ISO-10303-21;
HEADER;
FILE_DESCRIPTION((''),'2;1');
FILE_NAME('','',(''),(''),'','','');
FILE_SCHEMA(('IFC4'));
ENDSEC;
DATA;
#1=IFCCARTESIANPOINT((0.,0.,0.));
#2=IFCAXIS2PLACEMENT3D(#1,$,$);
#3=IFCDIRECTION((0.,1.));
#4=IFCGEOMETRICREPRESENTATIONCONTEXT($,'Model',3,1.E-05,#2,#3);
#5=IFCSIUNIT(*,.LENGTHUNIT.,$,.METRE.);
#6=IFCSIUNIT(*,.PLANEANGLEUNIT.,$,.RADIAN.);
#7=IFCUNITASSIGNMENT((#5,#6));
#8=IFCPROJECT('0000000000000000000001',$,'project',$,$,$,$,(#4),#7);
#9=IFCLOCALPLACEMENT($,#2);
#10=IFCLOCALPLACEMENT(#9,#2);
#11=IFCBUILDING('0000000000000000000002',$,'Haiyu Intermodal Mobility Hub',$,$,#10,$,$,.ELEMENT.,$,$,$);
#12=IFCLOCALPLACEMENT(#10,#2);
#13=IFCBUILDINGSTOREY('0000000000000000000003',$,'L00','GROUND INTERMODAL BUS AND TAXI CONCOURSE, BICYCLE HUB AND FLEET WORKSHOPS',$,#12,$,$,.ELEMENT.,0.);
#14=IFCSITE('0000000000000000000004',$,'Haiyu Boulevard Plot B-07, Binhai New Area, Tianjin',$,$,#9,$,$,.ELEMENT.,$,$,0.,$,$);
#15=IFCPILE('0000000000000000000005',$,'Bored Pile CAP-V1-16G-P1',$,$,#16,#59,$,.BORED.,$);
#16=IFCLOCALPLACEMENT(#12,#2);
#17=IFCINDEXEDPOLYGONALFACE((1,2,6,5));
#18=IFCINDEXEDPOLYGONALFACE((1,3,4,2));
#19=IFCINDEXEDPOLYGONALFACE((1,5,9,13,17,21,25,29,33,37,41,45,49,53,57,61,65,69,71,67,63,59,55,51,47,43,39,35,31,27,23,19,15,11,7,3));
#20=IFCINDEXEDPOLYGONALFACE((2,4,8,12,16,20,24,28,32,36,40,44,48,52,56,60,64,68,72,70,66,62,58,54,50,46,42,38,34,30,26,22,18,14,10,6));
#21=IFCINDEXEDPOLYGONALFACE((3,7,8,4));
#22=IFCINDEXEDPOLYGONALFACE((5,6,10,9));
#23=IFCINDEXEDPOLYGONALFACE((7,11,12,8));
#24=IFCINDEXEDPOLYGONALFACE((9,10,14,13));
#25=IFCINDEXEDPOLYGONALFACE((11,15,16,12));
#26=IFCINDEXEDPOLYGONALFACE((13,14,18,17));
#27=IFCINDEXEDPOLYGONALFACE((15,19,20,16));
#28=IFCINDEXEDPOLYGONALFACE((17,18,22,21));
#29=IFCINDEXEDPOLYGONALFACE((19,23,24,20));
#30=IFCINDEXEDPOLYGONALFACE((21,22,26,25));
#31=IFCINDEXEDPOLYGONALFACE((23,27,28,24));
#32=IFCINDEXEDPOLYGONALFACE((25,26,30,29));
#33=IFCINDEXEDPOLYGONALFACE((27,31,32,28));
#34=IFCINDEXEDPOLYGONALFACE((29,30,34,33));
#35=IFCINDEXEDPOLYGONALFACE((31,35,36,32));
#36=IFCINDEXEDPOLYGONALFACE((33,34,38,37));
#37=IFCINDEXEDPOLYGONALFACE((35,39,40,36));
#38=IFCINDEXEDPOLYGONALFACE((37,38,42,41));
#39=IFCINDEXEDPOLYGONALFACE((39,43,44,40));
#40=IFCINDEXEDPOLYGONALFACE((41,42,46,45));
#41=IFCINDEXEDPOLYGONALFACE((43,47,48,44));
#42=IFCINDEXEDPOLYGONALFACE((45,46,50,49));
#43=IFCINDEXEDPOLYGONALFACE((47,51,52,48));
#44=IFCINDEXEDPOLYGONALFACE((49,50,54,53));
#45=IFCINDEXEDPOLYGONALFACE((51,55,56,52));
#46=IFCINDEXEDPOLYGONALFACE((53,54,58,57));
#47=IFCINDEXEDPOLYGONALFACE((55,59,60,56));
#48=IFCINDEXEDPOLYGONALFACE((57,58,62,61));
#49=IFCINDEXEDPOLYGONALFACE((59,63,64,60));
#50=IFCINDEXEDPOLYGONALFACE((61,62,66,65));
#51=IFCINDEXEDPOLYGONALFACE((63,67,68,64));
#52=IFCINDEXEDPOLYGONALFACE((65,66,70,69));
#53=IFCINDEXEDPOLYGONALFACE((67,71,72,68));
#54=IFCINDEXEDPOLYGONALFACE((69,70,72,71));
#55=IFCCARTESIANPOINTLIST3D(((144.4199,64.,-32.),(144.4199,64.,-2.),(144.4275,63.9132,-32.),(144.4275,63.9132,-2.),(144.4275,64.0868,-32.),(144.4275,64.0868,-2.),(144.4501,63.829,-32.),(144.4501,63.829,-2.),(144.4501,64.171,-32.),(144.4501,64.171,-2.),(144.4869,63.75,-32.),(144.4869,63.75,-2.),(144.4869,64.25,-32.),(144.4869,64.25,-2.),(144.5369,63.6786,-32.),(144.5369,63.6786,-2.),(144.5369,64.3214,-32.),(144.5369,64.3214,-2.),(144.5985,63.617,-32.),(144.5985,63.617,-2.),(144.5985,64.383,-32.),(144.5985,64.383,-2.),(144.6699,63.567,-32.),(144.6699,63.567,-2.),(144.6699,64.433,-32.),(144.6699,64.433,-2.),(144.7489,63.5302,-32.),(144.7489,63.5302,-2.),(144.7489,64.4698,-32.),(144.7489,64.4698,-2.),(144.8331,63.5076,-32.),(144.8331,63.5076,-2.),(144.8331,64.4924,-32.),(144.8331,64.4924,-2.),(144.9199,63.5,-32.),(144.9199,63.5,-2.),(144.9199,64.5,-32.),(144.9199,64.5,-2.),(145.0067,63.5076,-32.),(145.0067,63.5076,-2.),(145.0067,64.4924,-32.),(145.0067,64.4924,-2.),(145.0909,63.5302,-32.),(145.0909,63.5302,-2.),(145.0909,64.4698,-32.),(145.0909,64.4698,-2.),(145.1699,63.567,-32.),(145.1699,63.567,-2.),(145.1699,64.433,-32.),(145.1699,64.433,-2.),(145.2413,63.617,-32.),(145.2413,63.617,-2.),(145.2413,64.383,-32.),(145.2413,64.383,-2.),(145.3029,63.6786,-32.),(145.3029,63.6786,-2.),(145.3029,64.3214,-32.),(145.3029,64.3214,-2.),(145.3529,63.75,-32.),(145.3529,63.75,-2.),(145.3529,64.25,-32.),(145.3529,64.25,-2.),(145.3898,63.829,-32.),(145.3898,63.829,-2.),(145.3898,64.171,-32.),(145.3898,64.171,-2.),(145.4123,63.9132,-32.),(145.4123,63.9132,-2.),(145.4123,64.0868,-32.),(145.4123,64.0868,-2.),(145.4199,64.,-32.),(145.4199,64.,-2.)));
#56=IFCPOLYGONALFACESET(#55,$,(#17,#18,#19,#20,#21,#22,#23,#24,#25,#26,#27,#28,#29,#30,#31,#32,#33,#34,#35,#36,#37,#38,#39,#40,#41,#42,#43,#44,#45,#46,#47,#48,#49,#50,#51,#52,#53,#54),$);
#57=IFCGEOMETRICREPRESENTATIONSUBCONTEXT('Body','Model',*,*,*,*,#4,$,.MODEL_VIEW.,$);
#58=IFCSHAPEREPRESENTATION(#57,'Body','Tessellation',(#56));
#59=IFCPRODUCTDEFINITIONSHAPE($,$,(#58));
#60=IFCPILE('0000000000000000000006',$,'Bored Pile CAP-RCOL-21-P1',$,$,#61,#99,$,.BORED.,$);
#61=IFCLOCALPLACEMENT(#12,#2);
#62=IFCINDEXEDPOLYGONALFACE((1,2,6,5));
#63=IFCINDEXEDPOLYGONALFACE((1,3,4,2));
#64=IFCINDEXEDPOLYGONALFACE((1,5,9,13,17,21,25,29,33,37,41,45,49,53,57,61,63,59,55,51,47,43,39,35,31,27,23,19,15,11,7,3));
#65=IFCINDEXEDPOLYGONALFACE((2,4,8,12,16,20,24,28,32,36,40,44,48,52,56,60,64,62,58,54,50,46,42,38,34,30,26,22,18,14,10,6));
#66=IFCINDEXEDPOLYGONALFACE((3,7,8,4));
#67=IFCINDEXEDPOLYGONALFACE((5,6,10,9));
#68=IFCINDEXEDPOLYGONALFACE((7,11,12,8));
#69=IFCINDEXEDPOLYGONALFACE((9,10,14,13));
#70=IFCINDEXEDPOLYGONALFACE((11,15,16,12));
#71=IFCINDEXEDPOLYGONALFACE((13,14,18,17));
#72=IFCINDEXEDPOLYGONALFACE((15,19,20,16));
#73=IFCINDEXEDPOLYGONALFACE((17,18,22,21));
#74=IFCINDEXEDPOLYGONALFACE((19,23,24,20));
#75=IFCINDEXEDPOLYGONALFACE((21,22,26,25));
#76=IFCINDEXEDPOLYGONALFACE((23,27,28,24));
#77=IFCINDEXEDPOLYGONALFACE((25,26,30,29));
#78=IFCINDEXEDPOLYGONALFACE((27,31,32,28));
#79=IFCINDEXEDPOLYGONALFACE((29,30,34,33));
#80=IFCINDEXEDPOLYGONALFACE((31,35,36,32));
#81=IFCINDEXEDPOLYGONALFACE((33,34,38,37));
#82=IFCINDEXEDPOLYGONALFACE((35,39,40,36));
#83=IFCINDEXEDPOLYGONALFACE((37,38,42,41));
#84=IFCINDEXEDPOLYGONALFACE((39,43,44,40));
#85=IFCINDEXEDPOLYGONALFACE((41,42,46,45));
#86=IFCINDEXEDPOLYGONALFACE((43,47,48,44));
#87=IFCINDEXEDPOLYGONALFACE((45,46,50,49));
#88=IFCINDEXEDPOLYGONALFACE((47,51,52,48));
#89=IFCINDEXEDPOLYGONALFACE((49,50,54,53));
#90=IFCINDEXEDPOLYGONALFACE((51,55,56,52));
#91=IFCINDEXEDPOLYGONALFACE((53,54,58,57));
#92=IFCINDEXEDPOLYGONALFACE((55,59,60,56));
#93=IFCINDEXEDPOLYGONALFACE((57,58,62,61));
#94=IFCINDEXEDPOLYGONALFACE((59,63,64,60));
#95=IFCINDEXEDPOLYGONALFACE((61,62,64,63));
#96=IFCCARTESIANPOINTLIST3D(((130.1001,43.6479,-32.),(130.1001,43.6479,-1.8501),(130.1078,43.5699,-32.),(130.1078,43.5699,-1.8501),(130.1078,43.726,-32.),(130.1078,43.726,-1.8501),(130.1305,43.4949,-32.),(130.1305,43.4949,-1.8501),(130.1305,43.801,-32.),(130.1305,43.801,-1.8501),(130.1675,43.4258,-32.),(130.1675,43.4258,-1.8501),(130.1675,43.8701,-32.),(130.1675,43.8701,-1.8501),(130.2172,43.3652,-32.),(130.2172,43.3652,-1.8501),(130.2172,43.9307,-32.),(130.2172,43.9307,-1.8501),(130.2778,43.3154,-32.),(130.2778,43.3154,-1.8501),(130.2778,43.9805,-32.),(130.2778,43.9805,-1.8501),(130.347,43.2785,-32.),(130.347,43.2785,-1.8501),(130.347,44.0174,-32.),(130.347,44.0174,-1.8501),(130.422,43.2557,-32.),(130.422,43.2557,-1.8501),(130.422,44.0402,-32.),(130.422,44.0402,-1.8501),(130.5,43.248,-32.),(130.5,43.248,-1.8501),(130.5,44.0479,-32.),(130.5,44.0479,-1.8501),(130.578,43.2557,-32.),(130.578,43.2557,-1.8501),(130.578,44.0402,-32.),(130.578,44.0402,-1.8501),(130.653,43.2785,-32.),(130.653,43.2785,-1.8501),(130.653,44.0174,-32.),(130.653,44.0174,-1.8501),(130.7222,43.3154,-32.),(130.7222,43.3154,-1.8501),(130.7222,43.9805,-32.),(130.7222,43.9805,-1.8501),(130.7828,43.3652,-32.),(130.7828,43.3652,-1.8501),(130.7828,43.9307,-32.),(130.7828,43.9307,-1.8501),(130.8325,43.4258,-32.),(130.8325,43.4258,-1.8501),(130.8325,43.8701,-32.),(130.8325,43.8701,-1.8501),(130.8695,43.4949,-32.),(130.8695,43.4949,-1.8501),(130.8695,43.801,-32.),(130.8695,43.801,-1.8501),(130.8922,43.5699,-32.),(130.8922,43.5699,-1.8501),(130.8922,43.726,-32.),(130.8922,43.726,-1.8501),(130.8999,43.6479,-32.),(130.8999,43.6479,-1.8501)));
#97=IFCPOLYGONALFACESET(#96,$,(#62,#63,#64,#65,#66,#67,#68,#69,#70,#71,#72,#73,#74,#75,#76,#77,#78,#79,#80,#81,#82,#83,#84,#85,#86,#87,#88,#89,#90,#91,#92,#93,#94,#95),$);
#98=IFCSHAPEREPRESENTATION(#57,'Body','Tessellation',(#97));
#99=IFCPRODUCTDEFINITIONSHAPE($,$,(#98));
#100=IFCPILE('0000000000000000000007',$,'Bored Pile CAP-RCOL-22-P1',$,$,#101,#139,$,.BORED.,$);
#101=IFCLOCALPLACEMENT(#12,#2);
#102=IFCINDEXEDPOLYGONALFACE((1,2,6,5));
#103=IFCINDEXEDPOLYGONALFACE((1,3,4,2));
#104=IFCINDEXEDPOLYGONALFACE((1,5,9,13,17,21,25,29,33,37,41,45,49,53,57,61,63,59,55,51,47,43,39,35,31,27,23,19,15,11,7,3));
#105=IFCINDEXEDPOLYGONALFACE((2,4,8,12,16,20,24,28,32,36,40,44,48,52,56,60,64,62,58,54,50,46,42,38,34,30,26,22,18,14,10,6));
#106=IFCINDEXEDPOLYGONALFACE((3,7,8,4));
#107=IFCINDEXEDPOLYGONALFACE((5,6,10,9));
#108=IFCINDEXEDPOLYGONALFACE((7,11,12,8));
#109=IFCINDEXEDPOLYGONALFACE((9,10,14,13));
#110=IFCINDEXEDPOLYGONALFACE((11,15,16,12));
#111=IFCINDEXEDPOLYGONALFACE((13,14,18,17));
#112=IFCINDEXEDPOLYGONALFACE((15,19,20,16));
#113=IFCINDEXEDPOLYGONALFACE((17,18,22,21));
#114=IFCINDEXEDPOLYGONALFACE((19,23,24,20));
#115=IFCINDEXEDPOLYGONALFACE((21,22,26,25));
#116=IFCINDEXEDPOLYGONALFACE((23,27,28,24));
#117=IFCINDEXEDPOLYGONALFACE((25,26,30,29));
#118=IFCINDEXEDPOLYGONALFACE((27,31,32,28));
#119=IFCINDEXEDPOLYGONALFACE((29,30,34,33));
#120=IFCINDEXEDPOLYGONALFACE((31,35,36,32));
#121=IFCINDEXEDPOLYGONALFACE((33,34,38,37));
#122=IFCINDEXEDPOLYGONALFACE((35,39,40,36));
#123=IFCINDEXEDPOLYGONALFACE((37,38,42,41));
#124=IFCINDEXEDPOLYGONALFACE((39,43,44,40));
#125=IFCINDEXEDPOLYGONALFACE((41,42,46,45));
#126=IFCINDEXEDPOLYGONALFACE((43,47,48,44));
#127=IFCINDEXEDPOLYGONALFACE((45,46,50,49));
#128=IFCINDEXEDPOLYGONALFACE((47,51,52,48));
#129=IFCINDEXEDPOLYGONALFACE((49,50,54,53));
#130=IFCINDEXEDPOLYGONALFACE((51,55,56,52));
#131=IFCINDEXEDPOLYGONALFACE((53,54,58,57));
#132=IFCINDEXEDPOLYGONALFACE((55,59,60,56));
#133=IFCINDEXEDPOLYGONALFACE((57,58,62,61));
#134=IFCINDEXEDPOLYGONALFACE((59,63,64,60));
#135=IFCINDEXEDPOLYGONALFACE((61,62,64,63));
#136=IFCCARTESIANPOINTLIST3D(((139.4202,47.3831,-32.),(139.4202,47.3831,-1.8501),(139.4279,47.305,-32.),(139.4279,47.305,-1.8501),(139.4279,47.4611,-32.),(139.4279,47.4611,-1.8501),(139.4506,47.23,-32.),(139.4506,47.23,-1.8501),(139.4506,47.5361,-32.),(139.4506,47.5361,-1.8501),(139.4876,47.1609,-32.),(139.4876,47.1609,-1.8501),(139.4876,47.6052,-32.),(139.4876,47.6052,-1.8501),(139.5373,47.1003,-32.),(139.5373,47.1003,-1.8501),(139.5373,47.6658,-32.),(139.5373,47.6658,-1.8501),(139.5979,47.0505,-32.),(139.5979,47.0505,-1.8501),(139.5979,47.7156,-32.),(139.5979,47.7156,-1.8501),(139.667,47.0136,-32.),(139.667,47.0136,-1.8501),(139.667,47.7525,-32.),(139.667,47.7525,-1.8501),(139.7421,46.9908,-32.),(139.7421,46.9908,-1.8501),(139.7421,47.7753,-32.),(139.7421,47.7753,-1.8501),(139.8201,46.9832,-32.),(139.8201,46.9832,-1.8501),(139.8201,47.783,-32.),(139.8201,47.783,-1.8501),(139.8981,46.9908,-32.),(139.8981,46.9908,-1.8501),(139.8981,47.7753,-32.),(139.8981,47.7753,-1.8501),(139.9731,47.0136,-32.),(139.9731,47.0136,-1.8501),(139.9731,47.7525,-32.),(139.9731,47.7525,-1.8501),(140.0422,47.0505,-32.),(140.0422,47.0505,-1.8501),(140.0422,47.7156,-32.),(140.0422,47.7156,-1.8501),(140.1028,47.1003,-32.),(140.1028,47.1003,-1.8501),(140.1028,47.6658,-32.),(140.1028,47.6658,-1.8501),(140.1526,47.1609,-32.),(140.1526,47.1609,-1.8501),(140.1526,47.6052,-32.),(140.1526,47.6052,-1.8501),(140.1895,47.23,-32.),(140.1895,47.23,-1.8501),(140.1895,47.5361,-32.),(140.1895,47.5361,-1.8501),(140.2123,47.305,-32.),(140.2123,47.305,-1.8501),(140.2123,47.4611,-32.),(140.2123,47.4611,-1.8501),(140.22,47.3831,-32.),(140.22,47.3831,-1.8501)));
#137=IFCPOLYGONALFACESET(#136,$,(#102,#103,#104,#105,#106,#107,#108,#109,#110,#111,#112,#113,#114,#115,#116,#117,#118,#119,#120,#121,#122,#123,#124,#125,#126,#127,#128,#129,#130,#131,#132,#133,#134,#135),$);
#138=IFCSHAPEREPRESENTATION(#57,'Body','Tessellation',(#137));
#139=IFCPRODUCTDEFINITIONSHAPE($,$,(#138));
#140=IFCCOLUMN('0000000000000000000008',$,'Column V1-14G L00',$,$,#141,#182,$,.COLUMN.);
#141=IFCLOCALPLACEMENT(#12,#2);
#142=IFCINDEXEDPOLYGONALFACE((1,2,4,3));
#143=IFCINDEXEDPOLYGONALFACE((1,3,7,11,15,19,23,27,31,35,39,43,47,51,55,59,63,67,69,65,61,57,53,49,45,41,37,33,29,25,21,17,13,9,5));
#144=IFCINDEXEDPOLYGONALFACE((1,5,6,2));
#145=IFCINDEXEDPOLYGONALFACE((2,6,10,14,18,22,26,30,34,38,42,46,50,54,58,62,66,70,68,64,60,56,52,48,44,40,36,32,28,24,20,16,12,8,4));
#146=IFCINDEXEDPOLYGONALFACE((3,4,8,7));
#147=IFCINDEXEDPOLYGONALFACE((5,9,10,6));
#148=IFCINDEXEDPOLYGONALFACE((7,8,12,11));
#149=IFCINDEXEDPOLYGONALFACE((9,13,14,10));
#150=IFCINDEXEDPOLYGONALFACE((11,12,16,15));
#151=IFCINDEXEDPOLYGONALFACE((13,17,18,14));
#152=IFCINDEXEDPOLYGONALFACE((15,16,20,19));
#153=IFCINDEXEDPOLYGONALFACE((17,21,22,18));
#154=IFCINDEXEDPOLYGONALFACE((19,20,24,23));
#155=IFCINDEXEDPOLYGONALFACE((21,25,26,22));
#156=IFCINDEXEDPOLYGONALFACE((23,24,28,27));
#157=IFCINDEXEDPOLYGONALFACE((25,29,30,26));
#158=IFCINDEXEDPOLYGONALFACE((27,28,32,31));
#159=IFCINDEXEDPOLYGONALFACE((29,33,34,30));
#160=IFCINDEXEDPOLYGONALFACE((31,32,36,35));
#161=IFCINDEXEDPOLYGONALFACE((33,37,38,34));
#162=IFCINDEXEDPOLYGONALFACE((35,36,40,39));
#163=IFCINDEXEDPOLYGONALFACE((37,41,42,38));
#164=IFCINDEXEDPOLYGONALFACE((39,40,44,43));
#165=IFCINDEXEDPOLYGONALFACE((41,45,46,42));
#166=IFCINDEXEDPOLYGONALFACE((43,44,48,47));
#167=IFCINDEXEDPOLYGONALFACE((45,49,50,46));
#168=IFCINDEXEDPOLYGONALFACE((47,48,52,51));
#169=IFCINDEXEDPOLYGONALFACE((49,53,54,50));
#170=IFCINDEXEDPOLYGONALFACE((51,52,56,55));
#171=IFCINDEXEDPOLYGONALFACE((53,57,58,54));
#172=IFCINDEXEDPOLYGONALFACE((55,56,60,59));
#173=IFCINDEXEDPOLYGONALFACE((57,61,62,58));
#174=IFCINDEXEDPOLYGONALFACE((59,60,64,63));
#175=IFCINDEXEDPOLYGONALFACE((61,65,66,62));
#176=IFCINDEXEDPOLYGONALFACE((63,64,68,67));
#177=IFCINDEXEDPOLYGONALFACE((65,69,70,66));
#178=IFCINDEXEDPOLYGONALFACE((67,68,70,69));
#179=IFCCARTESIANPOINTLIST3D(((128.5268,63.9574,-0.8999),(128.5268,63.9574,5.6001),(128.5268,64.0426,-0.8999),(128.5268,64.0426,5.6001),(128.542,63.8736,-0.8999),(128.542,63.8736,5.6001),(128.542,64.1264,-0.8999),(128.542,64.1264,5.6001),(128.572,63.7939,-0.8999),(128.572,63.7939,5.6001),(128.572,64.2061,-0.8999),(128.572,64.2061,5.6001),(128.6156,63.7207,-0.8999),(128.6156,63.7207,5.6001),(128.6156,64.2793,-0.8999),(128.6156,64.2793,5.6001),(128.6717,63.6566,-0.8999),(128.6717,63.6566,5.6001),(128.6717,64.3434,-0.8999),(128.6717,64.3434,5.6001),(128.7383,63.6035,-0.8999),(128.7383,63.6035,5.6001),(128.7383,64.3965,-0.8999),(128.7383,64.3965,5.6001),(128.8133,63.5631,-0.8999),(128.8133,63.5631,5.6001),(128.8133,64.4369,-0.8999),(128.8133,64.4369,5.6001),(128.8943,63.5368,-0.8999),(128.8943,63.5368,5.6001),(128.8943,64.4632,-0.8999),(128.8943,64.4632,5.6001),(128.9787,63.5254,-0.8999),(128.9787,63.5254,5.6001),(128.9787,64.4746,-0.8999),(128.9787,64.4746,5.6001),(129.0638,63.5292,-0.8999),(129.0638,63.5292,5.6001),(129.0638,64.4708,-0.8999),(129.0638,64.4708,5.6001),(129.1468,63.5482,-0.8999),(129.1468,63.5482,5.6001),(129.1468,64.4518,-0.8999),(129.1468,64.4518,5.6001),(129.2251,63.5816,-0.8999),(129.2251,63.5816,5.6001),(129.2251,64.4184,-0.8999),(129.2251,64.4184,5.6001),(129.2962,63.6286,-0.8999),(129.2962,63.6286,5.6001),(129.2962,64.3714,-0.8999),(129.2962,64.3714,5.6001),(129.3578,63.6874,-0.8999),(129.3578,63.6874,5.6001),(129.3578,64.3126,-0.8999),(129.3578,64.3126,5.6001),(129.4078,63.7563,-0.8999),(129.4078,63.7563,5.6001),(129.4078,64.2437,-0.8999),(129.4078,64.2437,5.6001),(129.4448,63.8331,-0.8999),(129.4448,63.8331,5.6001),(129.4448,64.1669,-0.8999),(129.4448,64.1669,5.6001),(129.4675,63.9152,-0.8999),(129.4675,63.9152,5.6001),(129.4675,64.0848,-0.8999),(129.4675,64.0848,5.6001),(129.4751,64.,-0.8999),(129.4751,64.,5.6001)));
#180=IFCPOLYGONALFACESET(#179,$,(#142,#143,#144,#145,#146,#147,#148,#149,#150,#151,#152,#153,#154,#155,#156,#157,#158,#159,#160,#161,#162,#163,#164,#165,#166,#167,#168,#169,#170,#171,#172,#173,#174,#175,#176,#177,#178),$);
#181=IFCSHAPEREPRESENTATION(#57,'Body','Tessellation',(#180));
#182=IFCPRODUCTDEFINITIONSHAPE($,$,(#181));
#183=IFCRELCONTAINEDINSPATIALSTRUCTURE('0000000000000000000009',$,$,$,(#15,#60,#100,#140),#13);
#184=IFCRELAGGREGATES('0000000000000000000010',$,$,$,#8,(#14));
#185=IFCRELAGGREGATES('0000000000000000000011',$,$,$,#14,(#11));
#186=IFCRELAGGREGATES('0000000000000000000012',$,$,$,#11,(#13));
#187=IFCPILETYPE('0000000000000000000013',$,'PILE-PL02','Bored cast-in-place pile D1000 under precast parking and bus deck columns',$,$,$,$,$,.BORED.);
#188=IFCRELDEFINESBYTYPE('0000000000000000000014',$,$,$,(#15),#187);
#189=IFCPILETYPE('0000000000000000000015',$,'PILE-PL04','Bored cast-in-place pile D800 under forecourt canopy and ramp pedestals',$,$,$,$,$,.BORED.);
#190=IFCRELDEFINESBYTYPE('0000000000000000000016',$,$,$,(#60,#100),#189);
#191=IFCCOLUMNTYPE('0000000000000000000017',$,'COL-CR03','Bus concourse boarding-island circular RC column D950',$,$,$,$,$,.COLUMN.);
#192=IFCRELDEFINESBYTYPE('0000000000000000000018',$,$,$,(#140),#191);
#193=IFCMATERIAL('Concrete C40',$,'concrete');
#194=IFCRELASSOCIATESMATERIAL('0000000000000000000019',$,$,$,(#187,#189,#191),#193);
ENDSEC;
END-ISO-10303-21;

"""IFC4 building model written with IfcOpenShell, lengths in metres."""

from ifc_helpers import new_model, si_unit, direction, frame, origin, origin_2d, place, context, subcontext, project, spatial, circle, extrude, material, material_profile, profile_set, type_object, element, save


model = new_model("IFC4")

# Units and contexts
model_context = context("Model", 3, precision=1e-05, world=origin(), true_north=direction((0.0, 1.0)))
body_context = subcontext(model_context, "Body", "Model", "MODEL_VIEW")
ifc_project = project(units=[si_unit("LENGTHUNIT", "METRE"), si_unit("PLANEANGLEUNIT", "RADIAN")], contexts=[model_context])

# Site, building, storey
site_placement = place(None, origin())
site = spatial("IfcSite", under=ifc_project, at=site_placement, Name="Haiyu Boulevard Plot B-07, Binhai New Area, Tianjin", CompositionType="ELEMENT", RefElevation=0.0)
building_placement = place(site_placement, origin())
building = spatial("IfcBuilding", under=site, at=building_placement, Name="Haiyu Intermodal Mobility Hub", CompositionType="ELEMENT")
storey_placement = place(building_placement, origin())
storey = spatial("IfcBuildingStorey", under=building, at=storey_placement, Name="L00", Description="GROUND INTERMODAL BUS AND TAXI CONCOURSE, BICYCLE HUB AND FLEET WORKSHOPS", CompositionType="ELEMENT", Elevation=0.0)

# Shared definitions
ifc_material_1 = material(Name="Concrete C40", Category="concrete")

# Piles
ifc_material_profile_1 = material_profile(ifc_material_1, circle(Radius=0.5, at=origin_2d()), Name="PILE-D1000")
ifc_profile_set_1 = profile_set([ifc_material_profile_1], Name="Concrete C40")
pile_type_1 = type_object("IfcPileType", Name="PILE-PL02", Description="Bored cast-in-place pile D1000 under precast parking and bus deck columns", PredefinedType="BORED", material=ifc_profile_set_1)
for number, where, z_axis, x_axis, name in (
    (1, (144.9199, 64.0, -2.0), (0.0, 0.0, -1.0), (1.0, 0.0, 0.0), "Bored Pile CAP-V1-16G-P1"),
):
    element("IfcPile", number, at=place(storey_placement, frame(where, z_axis=z_axis, x_axis=x_axis)), inside=storey, type_object=pile_type_1, Name=name, PredefinedType="BORED", context=body_context, shape_type="SweptSolid", body=[
        extrude(circle(Radius=0.5, at=origin_2d()), origin(), (0.0, 0.0, 1.0), 30.0),
    ])
ifc_material_profile_2 = material_profile(ifc_material_1, circle(Radius=0.3999, at=origin_2d()), Name="PILE-D800")
ifc_profile_set_2 = profile_set([ifc_material_profile_2], Name="Concrete C40")
pile_type_2 = type_object("IfcPileType", Name="PILE-PL04", Description="Bored cast-in-place pile D800 under forecourt canopy and ramp pedestals", PredefinedType="BORED", material=ifc_profile_set_2)
for number, where, z_axis, x_axis, name in (
    (2, (130.5, 43.6479, -1.8501), (0.0, 0.0, -1.0), (1.0, 0.0, 0.0), "Bored Pile CAP-RCOL-21-P1"),
    (3, (139.8201, 47.3831, -1.8501), (0.0, 0.0, -1.0), (1.0, 0.0, 0.0), "Bored Pile CAP-RCOL-22-P1"),
):
    element("IfcPile", number, at=place(storey_placement, frame(where, z_axis=z_axis, x_axis=x_axis)), inside=storey, type_object=pile_type_2, Name=name, PredefinedType="BORED", context=body_context, shape_type="SweptSolid", body=[
        extrude(circle(Radius=0.3999, at=origin_2d()), origin(), (0.0, 0.0, 1.0), 30.1499),
    ])

# Column
ifc_material_profile_3 = material_profile(ifc_material_1, circle(Radius=0.4751, at=origin_2d()), Name="RCCOL-D950")
ifc_profile_set_3 = profile_set([ifc_material_profile_3], Name="Concrete C40")
column_type_1 = type_object("IfcColumnType", Name="COL-CR03", Description="Bus concourse boarding-island circular RC column D950", PredefinedType="COLUMN", material=ifc_profile_set_3)
for number, where, z_axis, x_axis, name in (
    (4, (129.0, 64.0, -0.8999), (0.0, 0.0, 1.0), (1.0, 0.0, 0.0), "Column V1-14G L00"),
):
    element("IfcColumn", number, at=place(storey_placement, frame(where, z_axis=z_axis, x_axis=x_axis)), inside=storey, type_object=column_type_1, Name=name, PredefinedType="COLUMN", context=body_context, shape_type="SweptSolid", body=[
        extrude(circle(Radius=0.4751, at=origin_2d()), origin(), (0.0, 0.0, 1.0), 6.5),
    ])

save(model, "model.ifc")
